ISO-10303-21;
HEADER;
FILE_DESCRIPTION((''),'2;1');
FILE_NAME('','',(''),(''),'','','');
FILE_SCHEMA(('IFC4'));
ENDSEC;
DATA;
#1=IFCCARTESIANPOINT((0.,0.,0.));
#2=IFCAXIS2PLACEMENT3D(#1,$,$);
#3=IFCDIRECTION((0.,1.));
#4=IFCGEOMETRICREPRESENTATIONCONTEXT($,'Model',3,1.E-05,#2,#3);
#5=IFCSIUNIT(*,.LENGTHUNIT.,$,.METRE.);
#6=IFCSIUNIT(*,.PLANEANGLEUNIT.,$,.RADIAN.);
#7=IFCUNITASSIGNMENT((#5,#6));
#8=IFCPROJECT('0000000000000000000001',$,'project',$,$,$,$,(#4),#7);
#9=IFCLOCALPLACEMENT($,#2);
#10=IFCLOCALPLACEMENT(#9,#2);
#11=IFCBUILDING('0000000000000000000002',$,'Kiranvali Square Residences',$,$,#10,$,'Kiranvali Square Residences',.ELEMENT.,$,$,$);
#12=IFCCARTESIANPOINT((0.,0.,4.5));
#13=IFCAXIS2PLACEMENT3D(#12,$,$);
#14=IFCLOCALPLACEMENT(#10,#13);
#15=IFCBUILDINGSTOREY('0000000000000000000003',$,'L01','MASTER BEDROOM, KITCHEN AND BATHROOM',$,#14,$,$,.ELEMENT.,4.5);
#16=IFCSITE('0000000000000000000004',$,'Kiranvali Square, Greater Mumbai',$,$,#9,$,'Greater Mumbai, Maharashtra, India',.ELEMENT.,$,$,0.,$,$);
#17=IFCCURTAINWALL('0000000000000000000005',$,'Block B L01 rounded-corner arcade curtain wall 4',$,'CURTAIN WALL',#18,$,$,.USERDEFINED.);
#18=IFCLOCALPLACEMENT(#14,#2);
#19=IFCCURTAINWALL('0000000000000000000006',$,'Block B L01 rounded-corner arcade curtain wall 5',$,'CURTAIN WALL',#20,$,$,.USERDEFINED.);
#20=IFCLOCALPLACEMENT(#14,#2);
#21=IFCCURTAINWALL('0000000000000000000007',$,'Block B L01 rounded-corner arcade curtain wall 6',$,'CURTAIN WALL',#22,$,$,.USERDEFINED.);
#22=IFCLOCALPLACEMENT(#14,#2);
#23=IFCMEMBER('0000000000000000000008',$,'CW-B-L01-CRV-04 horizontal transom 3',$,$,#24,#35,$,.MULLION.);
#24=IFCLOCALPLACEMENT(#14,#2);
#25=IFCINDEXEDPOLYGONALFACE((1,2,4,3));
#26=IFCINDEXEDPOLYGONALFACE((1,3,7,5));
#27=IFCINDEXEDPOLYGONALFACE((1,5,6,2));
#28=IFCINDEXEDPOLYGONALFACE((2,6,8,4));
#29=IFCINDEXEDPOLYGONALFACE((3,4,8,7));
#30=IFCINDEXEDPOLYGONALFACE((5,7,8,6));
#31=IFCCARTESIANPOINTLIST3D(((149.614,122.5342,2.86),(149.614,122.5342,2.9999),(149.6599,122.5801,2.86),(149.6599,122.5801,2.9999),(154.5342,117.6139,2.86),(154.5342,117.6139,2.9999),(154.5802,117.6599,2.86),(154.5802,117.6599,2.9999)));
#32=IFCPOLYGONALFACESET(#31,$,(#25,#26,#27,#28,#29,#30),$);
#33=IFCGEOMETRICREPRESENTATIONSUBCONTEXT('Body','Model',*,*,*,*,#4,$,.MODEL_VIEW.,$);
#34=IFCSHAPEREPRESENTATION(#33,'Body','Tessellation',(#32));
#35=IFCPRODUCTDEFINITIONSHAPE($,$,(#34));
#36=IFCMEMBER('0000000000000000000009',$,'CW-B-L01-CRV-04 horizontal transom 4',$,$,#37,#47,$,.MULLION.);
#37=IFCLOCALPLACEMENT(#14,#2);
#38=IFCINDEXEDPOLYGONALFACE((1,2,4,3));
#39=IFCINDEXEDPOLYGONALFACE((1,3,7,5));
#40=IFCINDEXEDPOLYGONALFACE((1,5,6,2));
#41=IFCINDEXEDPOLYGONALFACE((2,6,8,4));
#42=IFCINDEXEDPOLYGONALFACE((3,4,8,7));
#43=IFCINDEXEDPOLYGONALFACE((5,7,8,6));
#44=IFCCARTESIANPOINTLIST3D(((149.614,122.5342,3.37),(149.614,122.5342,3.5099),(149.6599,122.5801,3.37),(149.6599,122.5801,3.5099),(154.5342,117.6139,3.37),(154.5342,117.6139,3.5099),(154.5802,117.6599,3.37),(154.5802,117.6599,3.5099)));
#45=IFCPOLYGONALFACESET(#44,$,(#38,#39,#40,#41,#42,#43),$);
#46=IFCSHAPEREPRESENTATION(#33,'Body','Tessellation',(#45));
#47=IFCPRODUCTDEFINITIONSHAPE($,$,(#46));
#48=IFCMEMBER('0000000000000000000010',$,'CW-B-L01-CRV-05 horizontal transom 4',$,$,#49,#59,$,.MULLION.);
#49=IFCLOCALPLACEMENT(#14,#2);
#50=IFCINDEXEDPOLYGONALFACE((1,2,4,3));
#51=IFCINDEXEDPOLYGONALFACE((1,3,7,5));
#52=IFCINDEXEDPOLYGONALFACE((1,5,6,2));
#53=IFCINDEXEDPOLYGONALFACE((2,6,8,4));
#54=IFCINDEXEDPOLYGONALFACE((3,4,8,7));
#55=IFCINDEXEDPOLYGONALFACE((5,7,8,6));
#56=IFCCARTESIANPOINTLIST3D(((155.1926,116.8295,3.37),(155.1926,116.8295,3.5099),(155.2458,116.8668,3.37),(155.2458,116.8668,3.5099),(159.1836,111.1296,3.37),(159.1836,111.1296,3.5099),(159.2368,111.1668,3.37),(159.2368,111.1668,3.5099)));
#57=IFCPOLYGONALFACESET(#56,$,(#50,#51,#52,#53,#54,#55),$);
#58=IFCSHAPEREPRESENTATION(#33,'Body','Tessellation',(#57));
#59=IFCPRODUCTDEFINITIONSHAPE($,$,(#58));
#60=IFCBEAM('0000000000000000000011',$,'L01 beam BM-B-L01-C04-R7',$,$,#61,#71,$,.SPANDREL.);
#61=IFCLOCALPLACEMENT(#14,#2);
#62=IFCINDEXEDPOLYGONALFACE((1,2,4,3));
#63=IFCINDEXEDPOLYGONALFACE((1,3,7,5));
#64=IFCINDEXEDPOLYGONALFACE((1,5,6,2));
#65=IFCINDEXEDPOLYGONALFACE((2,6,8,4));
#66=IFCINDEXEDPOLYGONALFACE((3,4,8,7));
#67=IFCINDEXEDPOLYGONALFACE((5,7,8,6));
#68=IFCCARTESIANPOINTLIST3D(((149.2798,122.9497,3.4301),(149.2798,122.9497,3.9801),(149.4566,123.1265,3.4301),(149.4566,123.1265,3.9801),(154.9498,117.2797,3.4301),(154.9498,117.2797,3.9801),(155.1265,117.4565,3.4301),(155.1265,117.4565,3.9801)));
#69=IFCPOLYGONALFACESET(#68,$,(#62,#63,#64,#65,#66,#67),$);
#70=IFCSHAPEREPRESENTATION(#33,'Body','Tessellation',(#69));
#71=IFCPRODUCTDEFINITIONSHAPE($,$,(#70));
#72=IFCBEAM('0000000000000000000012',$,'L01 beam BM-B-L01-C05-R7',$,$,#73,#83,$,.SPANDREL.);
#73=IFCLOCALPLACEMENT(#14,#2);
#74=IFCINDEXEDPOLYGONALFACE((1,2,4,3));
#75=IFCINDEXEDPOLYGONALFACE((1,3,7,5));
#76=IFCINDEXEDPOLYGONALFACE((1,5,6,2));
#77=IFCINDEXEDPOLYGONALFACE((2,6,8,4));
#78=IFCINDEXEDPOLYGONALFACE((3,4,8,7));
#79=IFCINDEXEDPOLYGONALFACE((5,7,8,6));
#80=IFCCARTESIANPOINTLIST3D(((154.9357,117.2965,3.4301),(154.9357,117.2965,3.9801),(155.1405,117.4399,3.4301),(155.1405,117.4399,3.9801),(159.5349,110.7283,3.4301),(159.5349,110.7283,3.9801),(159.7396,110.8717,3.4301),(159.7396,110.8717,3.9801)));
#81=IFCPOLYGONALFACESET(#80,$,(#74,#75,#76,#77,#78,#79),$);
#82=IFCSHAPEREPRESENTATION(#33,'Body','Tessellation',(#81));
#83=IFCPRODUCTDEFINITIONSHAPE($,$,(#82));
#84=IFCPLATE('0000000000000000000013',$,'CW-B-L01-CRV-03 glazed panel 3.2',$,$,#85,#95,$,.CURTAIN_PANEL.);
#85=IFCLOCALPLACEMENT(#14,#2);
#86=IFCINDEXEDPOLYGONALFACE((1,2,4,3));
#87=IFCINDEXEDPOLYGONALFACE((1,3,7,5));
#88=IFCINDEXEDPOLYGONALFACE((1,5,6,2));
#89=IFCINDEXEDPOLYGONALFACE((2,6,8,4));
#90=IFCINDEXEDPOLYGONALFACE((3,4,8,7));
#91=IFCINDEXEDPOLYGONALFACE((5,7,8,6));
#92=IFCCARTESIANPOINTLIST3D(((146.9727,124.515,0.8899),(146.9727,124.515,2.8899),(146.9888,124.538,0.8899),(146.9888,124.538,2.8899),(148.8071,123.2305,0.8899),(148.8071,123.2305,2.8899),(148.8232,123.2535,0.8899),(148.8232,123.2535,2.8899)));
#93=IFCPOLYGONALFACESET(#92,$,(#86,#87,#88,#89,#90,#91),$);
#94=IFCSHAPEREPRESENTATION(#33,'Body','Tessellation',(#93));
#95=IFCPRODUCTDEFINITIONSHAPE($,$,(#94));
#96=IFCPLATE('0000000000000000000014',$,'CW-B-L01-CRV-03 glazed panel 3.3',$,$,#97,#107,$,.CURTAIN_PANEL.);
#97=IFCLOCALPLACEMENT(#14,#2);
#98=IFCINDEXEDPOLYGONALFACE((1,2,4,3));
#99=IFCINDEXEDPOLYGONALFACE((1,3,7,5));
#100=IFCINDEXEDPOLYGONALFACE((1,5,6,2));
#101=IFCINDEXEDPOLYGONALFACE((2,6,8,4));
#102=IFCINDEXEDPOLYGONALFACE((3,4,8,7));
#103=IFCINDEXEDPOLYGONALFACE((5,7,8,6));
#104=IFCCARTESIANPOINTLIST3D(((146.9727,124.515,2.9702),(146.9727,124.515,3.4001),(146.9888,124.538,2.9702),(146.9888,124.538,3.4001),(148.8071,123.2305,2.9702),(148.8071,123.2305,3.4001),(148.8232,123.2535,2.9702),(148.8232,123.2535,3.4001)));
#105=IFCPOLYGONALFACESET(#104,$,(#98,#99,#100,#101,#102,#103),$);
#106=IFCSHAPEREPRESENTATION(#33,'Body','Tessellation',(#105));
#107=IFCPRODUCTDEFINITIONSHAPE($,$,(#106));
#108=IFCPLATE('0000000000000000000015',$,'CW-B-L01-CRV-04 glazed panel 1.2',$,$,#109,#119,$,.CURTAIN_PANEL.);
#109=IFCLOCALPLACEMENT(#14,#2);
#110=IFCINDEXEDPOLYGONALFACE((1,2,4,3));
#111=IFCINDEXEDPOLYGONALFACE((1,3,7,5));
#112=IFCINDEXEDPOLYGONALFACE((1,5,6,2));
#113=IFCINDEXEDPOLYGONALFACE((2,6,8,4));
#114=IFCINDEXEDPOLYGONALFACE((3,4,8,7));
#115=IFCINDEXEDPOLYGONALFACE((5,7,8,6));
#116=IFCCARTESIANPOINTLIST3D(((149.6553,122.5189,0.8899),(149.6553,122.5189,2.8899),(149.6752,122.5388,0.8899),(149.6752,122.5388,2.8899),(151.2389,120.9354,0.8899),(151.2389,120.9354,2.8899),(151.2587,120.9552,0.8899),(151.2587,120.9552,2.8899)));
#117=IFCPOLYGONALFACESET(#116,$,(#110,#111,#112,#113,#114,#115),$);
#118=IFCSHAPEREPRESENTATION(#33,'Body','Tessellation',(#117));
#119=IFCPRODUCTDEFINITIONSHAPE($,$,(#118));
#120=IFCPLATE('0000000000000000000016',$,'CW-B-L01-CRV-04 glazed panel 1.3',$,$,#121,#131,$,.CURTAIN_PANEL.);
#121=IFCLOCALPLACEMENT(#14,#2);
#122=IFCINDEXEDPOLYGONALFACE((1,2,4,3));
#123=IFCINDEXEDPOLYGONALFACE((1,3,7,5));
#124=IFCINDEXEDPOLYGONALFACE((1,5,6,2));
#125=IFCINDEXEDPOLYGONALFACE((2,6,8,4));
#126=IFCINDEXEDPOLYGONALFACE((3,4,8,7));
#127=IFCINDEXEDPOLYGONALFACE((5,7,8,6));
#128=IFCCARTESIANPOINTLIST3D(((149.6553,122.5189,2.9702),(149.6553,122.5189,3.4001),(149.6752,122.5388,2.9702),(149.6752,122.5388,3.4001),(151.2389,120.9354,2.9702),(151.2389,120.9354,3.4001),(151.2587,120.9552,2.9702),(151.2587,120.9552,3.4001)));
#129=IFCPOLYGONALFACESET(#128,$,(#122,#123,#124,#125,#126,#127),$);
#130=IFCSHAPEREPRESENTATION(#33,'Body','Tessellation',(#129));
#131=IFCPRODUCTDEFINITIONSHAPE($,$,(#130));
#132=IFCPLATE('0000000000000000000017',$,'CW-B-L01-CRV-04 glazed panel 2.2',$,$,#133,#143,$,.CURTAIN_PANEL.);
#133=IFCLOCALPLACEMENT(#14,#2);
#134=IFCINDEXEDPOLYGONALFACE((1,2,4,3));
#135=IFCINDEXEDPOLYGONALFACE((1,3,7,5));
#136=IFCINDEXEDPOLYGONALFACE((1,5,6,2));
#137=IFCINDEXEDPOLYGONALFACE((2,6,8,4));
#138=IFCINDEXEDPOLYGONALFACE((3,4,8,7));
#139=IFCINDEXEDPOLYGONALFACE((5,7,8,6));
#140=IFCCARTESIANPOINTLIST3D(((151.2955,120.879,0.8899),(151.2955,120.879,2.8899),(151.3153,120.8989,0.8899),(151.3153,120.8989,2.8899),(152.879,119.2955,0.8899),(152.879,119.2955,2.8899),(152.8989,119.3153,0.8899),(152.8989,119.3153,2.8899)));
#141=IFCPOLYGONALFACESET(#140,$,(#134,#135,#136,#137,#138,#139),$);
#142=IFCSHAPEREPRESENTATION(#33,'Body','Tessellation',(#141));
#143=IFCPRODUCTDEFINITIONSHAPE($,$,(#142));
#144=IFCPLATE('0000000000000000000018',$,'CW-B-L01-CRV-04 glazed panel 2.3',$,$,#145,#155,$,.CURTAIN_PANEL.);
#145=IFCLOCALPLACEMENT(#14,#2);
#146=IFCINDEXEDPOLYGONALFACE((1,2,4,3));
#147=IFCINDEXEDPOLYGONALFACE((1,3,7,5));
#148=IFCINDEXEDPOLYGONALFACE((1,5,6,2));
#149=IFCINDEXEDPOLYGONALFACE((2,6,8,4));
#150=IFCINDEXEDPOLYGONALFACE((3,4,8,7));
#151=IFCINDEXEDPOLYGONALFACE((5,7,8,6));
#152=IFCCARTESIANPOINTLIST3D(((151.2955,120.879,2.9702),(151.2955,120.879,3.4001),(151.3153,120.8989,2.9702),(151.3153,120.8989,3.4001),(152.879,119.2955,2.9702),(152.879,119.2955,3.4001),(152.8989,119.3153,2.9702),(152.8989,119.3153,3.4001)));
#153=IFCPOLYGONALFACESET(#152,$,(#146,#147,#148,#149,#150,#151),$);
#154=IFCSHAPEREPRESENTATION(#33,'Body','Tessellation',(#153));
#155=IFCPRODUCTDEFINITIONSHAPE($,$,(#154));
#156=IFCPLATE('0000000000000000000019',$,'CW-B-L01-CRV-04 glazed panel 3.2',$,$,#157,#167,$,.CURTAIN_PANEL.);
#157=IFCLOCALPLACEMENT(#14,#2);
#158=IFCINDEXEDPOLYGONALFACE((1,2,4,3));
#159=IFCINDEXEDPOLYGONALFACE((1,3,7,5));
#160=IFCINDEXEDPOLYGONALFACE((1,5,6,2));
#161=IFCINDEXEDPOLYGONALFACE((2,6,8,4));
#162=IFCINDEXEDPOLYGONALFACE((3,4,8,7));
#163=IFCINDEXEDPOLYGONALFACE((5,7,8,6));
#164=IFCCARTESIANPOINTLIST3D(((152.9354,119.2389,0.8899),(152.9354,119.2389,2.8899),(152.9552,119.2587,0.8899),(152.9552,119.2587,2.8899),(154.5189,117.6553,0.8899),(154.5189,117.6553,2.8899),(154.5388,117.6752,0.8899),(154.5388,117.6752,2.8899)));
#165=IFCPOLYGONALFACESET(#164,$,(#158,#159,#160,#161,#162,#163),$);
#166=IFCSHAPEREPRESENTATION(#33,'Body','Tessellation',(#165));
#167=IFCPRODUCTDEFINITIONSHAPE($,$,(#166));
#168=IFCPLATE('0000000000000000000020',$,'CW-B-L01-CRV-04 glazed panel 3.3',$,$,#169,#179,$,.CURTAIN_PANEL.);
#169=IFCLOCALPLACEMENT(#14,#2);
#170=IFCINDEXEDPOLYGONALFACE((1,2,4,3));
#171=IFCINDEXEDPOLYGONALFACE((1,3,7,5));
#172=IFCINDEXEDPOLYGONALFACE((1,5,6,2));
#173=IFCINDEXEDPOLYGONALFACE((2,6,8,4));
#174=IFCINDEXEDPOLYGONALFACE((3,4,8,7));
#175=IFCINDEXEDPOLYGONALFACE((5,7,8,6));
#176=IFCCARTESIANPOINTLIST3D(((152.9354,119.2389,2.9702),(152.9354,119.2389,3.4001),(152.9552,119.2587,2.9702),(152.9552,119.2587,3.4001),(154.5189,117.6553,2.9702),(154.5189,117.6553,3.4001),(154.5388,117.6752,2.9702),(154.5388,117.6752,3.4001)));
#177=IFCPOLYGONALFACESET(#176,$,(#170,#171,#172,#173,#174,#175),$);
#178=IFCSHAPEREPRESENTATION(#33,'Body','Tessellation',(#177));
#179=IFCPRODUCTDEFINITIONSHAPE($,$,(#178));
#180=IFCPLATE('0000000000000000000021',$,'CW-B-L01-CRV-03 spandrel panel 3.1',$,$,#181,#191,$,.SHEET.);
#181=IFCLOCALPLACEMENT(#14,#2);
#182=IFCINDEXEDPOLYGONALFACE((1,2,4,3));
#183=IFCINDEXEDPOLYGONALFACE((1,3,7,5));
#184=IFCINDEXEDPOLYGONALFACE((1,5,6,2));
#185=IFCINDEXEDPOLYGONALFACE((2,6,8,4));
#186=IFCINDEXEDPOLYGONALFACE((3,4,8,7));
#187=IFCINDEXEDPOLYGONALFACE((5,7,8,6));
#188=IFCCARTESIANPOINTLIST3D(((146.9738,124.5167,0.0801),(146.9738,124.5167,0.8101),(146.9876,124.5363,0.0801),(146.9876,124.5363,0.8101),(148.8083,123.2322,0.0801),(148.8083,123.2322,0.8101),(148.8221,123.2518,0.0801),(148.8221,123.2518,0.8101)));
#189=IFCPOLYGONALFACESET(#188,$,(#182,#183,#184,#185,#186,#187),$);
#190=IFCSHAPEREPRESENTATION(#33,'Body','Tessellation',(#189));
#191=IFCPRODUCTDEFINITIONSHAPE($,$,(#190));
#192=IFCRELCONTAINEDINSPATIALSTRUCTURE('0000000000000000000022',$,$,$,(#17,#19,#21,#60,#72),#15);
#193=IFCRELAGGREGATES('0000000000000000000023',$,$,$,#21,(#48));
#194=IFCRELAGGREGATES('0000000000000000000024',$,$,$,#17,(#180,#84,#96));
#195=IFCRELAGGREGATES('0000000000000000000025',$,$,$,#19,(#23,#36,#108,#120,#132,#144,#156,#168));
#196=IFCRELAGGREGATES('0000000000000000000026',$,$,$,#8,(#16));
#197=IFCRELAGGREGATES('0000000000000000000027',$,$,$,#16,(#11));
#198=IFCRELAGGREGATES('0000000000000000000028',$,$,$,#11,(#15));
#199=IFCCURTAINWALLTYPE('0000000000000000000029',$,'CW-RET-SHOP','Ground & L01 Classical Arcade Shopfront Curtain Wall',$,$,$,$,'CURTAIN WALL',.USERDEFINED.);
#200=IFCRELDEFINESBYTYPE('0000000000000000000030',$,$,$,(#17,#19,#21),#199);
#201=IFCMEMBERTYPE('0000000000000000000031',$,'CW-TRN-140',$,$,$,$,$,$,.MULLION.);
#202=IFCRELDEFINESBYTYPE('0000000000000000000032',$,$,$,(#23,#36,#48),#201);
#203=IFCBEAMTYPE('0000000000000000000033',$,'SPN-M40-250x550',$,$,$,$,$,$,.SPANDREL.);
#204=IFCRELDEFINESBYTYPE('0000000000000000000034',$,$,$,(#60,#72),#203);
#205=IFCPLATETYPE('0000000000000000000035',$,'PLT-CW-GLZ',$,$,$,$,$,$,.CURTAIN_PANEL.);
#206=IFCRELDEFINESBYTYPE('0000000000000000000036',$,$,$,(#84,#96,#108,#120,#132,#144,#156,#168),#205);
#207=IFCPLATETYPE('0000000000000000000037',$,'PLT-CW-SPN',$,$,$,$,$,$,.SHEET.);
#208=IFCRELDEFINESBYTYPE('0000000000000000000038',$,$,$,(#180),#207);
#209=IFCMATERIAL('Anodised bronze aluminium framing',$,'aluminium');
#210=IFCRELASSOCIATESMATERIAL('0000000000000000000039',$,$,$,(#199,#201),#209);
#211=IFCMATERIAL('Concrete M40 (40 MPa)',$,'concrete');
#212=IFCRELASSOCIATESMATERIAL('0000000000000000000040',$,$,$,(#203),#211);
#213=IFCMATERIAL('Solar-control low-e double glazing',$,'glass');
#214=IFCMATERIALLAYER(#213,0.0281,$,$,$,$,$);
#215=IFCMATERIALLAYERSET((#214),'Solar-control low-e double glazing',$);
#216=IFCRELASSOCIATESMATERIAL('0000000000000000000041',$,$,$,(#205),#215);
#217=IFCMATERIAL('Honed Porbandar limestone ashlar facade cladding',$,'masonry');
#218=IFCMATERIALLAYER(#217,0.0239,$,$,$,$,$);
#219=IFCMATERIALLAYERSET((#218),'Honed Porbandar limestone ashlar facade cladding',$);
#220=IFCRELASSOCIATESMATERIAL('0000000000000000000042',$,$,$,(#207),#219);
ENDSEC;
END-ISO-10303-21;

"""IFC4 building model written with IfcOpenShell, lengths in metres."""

from ifc_helpers import new_model, si_unit, direction, frame, origin, origin_2d, place, context, subcontext, project, spatial, rectangle, extrude, material, layer, layer_set, material_profile, profile_set, type_object, element, aggregate, save


model = new_model("IFC4")

# Units and contexts
model_context = context("Model", 3, precision=1e-05, world=origin(), true_north=direction((0.0, 1.0)))
body_context = subcontext(model_context, "Body", "Model", "MODEL_VIEW")
ifc_project = project(units=[si_unit("LENGTHUNIT", "METRE"), si_unit("PLANEANGLEUNIT", "RADIAN")], contexts=[model_context])

# Site, building, storey
site_placement = place(None, origin())
site = spatial("IfcSite", under=ifc_project, at=site_placement, Name="Kiranvali Square, Greater Mumbai", LongName="Greater Mumbai, Maharashtra, India", CompositionType="ELEMENT", RefElevation=0.0)
building_placement = place(site_placement, origin())
building = spatial("IfcBuilding", under=site, at=building_placement, Name="Kiranvali Square Residences", LongName="Kiranvali Square Residences", CompositionType="ELEMENT")
storey_placement = place(building_placement, frame((0.0, 0.0, 4.5)))
storey = spatial("IfcBuildingStorey", under=building, at=storey_placement, Name="L01", Description="MASTER BEDROOM, KITCHEN AND BATHROOM", CompositionType="ELEMENT", Elevation=4.5)

# Shared definitions
ifc_material_1 = material(Name="Concrete M40 (40 MPa)", Category="concrete")

# Curtain wall
ifc_material_2 = material(Name="Anodised bronze aluminium framing", Category="aluminium")
curtain_wall_type = type_object("IfcCurtainWallType", Name="CW-RET-SHOP", Description="Ground & L01 Classical Arcade Shopfront Curtain Wall", ElementType="CURTAIN WALL", PredefinedType="USERDEFINED", material=ifc_material_2)
curtain_wall_1_placement = place(storey_placement, origin())
curtain_wall_1 = element("IfcCurtainWall", 1, at=curtain_wall_1_placement, inside=storey, type_object=curtain_wall_type, Name="Block B L01 rounded-corner arcade curtain wall 4", ObjectType="CURTAIN WALL", PredefinedType="USERDEFINED")

# Curtain wall
curtain_wall_2_placement = place(storey_placement, origin())
curtain_wall_2 = element("IfcCurtainWall", 2, at=curtain_wall_2_placement, inside=storey, type_object=curtain_wall_type, Name="Block B L01 rounded-corner arcade curtain wall 5", ObjectType="CURTAIN WALL", PredefinedType="USERDEFINED")

# Curtain wall
curtain_wall_3_placement = place(storey_placement, origin())
curtain_wall_3 = element("IfcCurtainWall", 3, at=curtain_wall_3_placement, inside=storey, type_object=curtain_wall_type, Name="Block B L01 rounded-corner arcade curtain wall 6", ObjectType="CURTAIN WALL", PredefinedType="USERDEFINED")

# Members
ifc_material_profile_1 = material_profile(ifc_material_2, rectangle(XDim=0.0649, YDim=0.1399, at=origin_2d()), Name="ALU 65x140")
ifc_profile_set_1 = profile_set([ifc_material_profile_1], Name="Anodised bronze aluminium framing")
member_type_1 = type_object("IfcMemberType", Name="CW-TRN-140", PredefinedType="MULLION", material=ifc_profile_set_1)
member_1_placement = place(storey_placement, frame((149.637, 122.5571, 2.9299), z_axis=(0.707107, -0.707107, 0.0), x_axis=(0.707107, 0.707107, 0.0)))
member_1 = element("IfcMember", 4, at=member_1_placement, type_object=member_type_1, Name="CW-B-L01-CRV-04 horizontal transom 3", PredefinedType="MULLION", context=body_context, shape_type="SweptSolid", body=[
    extrude(rectangle(XDim=0.0649, YDim=0.1399, at=origin_2d()), origin(), (0.0, 0.0, 1.0), 6.9583),
])
member_2_placement = place(storey_placement, frame((149.637, 122.5571, 3.4399), z_axis=(0.707107, -0.707107, 0.0), x_axis=(0.707107, 0.707107, 0.0)))
member_2 = element("IfcMember", 5, at=member_2_placement, type_object=member_type_1, Name="CW-B-L01-CRV-04 horizontal transom 4", PredefinedType="MULLION", context=body_context, shape_type="SweptSolid", body=[
    extrude(rectangle(XDim=0.0649, YDim=0.1399, at=origin_2d()), origin(), (0.0, 0.0, 1.0), 6.9583),
])
member_3_placement = place(storey_placement, frame((155.2192, 116.8481, 3.4399), z_axis=(0.573559, -0.819164, 0.0), x_axis=(0.819164, 0.573559, 0.0)))
member_3 = element("IfcMember", 6, at=member_3_placement, type_object=member_type_1, Name="CW-B-L01-CRV-05 horizontal transom 4", PredefinedType="MULLION", context=body_context, shape_type="SweptSolid", body=[
    extrude(rectangle(XDim=0.0649, YDim=0.1399, at=origin_2d()), origin(), (0.0, 0.0, 1.0), 6.9583),
])
aggregate(curtain_wall_3, [member_3])

# Beams
ifc_material_profile_2 = material_profile(ifc_material_1, rectangle(XDim=0.25, YDim=0.55, at=origin_2d()), Name="RC 250x550")
ifc_profile_set_2 = profile_set([ifc_material_profile_2], Name="Concrete M40 (40 MPa)")
beam_type_1 = type_object("IfcBeamType", Name="SPN-M40-250x550", PredefinedType="SPANDREL", material=ifc_profile_set_2)
beam_1_placement = place(storey_placement, frame((149.3682, 123.0381, 3.7051), z_axis=(0.707107, -0.707107, 0.0), x_axis=(0.707107, 0.707107, 0.0)))
element("IfcBeam", 7, at=beam_1_placement, inside=storey, type_object=beam_type_1, Name="L01 beam BM-B-L01-C04-R7", PredefinedType="SPANDREL", context=body_context, shape_type="SweptSolid", body=[
    extrude(rectangle(XDim=0.25, YDim=0.55, at=origin_2d()), origin(), (0.0, 0.0, 1.0), 8.0186),
])
beam_2_placement = place(storey_placement, frame((155.0381, 117.3682, 3.7051), z_axis=(0.573583, -0.819148, 0.0), x_axis=(0.819148, 0.573583, 0.0)))
element("IfcBeam", 8, at=beam_2_placement, inside=storey, type_object=beam_type_1, Name="L01 beam BM-B-L01-C05-R7", PredefinedType="SPANDREL", context=body_context, shape_type="SweptSolid", body=[
    extrude(rectangle(XDim=0.25, YDim=0.55, at=origin_2d()), origin(), (0.0, 0.0, 1.0), 8.0183),
])

# Plates
ifc_material_3 = material(Name="Solar-control low-e double glazing", Category="glass")
ifc_layer_1 = layer(ifc_material_3, 0.0281)
ifc_layer_set_1 = layer_set([ifc_layer_1], Name="Solar-control low-e double glazing")
plate_type_1 = type_object("IfcPlateType", Name="PLT-CW-GLZ", PredefinedType="CURTAIN_PANEL", material=ifc_layer_set_1)
plate_1_placement = place(storey_placement, frame((147.8979, 123.8843, 0.8899), z_axis=(0.0, 0.0, 1.0), x_axis=(0.819152, -0.573576, 0.0)))
plate_1 = element("IfcPlate", 9, at=plate_1_placement, type_object=plate_type_1, Name="CW-B-L01-CRV-03 glazed panel 3.2", PredefinedType="CURTAIN_PANEL", context=body_context, shape_type="SweptSolid", body=[
    extrude(rectangle(XDim=2.2395, YDim=0.0281, at=origin_2d()), origin(), (0.0, 0.0, 1.0), 2.0),
])
plate_2_placement = place(storey_placement, frame((147.8979, 123.8843, 2.9702), z_axis=(0.0, 0.0, 1.0), x_axis=(0.819152, -0.573576, 0.0)))
plate_2 = element("IfcPlate", 10, at=plate_2_placement, type_object=plate_type_1, Name="CW-B-L01-CRV-03 glazed panel 3.3", PredefinedType="CURTAIN_PANEL", context=body_context, shape_type="SweptSolid", body=[
    extrude(rectangle(XDim=2.2395, YDim=0.0281, at=origin_2d()), origin(), (0.0, 0.0, 1.0), 0.4299),
])
plate_3_placement = place(storey_placement, frame((150.457, 121.7371, 0.8899), z_axis=(0.0, 0.0, 1.0), x_axis=(0.707107, -0.707107, 0.0)))
plate_3 = element("IfcPlate", 11, at=plate_3_placement, type_object=plate_type_1, Name="CW-B-L01-CRV-04 glazed panel 1.2", PredefinedType="CURTAIN_PANEL", context=body_context, shape_type="SweptSolid", body=[
    extrude(rectangle(XDim=2.2395, YDim=0.0281, at=origin_2d()), origin(), (0.0, 0.0, 1.0), 2.0),
])
plate_4_placement = place(storey_placement, frame((150.457, 121.7371, 2.9702), z_axis=(0.0, 0.0, 1.0), x_axis=(0.707107, -0.707107, 0.0)))
plate_4 = element("IfcPlate", 12, at=plate_4_placement, type_object=plate_type_1, Name="CW-B-L01-CRV-04 glazed panel 1.3", PredefinedType="CURTAIN_PANEL", context=body_context, shape_type="SweptSolid", body=[
    extrude(rectangle(XDim=2.2395, YDim=0.0281, at=origin_2d()), origin(), (0.0, 0.0, 1.0), 0.4299),
])
plate_5_placement = place(storey_placement, frame((152.0972, 120.0972, 0.8899), z_axis=(0.0, 0.0, 1.0), x_axis=(0.707107, -0.707107, 0.0)))
plate_5 = element("IfcPlate", 13, at=plate_5_placement, type_object=plate_type_1, Name="CW-B-L01-CRV-04 glazed panel 2.2", PredefinedType="CURTAIN_PANEL", context=body_context, shape_type="SweptSolid", body=[
    extrude(rectangle(XDim=2.2395, YDim=0.0281, at=origin_2d()), origin(), (0.0, 0.0, 1.0), 2.0),
])
plate_6_placement = place(storey_placement, frame((152.0972, 120.0972, 2.9702), z_axis=(0.0, 0.0, 1.0), x_axis=(0.707107, -0.707107, 0.0)))
plate_6 = element("IfcPlate", 14, at=plate_6_placement, type_object=plate_type_1, Name="CW-B-L01-CRV-04 glazed panel 2.3", PredefinedType="CURTAIN_PANEL", context=body_context, shape_type="SweptSolid", body=[
    extrude(rectangle(XDim=2.2395, YDim=0.0281, at=origin_2d()), origin(), (0.0, 0.0, 1.0), 0.4299),
])
plate_7_placement = place(storey_placement, frame((153.7371, 118.457, 0.8899), z_axis=(0.0, 0.0, 1.0), x_axis=(0.707107, -0.707107, 0.0)))
plate_7 = element("IfcPlate", 15, at=plate_7_placement, type_object=plate_type_1, Name="CW-B-L01-CRV-04 glazed panel 3.2", PredefinedType="CURTAIN_PANEL", context=body_context, shape_type="SweptSolid", body=[
    extrude(rectangle(XDim=2.2395, YDim=0.0281, at=origin_2d()), origin(), (0.0, 0.0, 1.0), 2.0),
])
plate_8_placement = place(storey_placement, frame((153.7371, 118.457, 2.9702), z_axis=(0.0, 0.0, 1.0), x_axis=(0.707107, -0.707107, 0.0)))
plate_8 = element("IfcPlate", 16, at=plate_8_placement, type_object=plate_type_1, Name="CW-B-L01-CRV-04 glazed panel 3.3", PredefinedType="CURTAIN_PANEL", context=body_context, shape_type="SweptSolid", body=[
    extrude(rectangle(XDim=2.2395, YDim=0.0281, at=origin_2d()), origin(), (0.0, 0.0, 1.0), 0.4299),
])
ifc_material_4 = material(Name="Honed Porbandar limestone ashlar facade cladding", Category="masonry")
ifc_layer_2 = layer(ifc_material_4, 0.0239)
ifc_layer_set_2 = layer_set([ifc_layer_2], Name="Honed Porbandar limestone ashlar facade cladding")
plate_type_2 = type_object("IfcPlateType", Name="PLT-CW-SPN", PredefinedType="SHEET", material=ifc_layer_set_2)
plate_9_placement = place(storey_placement, frame((147.8979, 123.8843, 0.0801), z_axis=(0.0, 0.0, 1.0), x_axis=(0.819152, -0.573576, 0.0)))
plate_9 = element("IfcPlate", 17, at=plate_9_placement, type_object=plate_type_2, Name="CW-B-L01-CRV-03 spandrel panel 3.1", PredefinedType="SHEET", context=body_context, shape_type="SweptSolid", body=[
    extrude(rectangle(XDim=2.2395, YDim=0.0239, at=origin_2d()), origin(), (0.0, 0.0, 1.0), 0.73),
])
aggregate(curtain_wall_1, [plate_9, plate_1, plate_2])
aggregate(curtain_wall_2, [member_1, member_2, plate_3, plate_4, plate_5, plate_6, plate_7, plate_8])

save(model, "model.ifc")
